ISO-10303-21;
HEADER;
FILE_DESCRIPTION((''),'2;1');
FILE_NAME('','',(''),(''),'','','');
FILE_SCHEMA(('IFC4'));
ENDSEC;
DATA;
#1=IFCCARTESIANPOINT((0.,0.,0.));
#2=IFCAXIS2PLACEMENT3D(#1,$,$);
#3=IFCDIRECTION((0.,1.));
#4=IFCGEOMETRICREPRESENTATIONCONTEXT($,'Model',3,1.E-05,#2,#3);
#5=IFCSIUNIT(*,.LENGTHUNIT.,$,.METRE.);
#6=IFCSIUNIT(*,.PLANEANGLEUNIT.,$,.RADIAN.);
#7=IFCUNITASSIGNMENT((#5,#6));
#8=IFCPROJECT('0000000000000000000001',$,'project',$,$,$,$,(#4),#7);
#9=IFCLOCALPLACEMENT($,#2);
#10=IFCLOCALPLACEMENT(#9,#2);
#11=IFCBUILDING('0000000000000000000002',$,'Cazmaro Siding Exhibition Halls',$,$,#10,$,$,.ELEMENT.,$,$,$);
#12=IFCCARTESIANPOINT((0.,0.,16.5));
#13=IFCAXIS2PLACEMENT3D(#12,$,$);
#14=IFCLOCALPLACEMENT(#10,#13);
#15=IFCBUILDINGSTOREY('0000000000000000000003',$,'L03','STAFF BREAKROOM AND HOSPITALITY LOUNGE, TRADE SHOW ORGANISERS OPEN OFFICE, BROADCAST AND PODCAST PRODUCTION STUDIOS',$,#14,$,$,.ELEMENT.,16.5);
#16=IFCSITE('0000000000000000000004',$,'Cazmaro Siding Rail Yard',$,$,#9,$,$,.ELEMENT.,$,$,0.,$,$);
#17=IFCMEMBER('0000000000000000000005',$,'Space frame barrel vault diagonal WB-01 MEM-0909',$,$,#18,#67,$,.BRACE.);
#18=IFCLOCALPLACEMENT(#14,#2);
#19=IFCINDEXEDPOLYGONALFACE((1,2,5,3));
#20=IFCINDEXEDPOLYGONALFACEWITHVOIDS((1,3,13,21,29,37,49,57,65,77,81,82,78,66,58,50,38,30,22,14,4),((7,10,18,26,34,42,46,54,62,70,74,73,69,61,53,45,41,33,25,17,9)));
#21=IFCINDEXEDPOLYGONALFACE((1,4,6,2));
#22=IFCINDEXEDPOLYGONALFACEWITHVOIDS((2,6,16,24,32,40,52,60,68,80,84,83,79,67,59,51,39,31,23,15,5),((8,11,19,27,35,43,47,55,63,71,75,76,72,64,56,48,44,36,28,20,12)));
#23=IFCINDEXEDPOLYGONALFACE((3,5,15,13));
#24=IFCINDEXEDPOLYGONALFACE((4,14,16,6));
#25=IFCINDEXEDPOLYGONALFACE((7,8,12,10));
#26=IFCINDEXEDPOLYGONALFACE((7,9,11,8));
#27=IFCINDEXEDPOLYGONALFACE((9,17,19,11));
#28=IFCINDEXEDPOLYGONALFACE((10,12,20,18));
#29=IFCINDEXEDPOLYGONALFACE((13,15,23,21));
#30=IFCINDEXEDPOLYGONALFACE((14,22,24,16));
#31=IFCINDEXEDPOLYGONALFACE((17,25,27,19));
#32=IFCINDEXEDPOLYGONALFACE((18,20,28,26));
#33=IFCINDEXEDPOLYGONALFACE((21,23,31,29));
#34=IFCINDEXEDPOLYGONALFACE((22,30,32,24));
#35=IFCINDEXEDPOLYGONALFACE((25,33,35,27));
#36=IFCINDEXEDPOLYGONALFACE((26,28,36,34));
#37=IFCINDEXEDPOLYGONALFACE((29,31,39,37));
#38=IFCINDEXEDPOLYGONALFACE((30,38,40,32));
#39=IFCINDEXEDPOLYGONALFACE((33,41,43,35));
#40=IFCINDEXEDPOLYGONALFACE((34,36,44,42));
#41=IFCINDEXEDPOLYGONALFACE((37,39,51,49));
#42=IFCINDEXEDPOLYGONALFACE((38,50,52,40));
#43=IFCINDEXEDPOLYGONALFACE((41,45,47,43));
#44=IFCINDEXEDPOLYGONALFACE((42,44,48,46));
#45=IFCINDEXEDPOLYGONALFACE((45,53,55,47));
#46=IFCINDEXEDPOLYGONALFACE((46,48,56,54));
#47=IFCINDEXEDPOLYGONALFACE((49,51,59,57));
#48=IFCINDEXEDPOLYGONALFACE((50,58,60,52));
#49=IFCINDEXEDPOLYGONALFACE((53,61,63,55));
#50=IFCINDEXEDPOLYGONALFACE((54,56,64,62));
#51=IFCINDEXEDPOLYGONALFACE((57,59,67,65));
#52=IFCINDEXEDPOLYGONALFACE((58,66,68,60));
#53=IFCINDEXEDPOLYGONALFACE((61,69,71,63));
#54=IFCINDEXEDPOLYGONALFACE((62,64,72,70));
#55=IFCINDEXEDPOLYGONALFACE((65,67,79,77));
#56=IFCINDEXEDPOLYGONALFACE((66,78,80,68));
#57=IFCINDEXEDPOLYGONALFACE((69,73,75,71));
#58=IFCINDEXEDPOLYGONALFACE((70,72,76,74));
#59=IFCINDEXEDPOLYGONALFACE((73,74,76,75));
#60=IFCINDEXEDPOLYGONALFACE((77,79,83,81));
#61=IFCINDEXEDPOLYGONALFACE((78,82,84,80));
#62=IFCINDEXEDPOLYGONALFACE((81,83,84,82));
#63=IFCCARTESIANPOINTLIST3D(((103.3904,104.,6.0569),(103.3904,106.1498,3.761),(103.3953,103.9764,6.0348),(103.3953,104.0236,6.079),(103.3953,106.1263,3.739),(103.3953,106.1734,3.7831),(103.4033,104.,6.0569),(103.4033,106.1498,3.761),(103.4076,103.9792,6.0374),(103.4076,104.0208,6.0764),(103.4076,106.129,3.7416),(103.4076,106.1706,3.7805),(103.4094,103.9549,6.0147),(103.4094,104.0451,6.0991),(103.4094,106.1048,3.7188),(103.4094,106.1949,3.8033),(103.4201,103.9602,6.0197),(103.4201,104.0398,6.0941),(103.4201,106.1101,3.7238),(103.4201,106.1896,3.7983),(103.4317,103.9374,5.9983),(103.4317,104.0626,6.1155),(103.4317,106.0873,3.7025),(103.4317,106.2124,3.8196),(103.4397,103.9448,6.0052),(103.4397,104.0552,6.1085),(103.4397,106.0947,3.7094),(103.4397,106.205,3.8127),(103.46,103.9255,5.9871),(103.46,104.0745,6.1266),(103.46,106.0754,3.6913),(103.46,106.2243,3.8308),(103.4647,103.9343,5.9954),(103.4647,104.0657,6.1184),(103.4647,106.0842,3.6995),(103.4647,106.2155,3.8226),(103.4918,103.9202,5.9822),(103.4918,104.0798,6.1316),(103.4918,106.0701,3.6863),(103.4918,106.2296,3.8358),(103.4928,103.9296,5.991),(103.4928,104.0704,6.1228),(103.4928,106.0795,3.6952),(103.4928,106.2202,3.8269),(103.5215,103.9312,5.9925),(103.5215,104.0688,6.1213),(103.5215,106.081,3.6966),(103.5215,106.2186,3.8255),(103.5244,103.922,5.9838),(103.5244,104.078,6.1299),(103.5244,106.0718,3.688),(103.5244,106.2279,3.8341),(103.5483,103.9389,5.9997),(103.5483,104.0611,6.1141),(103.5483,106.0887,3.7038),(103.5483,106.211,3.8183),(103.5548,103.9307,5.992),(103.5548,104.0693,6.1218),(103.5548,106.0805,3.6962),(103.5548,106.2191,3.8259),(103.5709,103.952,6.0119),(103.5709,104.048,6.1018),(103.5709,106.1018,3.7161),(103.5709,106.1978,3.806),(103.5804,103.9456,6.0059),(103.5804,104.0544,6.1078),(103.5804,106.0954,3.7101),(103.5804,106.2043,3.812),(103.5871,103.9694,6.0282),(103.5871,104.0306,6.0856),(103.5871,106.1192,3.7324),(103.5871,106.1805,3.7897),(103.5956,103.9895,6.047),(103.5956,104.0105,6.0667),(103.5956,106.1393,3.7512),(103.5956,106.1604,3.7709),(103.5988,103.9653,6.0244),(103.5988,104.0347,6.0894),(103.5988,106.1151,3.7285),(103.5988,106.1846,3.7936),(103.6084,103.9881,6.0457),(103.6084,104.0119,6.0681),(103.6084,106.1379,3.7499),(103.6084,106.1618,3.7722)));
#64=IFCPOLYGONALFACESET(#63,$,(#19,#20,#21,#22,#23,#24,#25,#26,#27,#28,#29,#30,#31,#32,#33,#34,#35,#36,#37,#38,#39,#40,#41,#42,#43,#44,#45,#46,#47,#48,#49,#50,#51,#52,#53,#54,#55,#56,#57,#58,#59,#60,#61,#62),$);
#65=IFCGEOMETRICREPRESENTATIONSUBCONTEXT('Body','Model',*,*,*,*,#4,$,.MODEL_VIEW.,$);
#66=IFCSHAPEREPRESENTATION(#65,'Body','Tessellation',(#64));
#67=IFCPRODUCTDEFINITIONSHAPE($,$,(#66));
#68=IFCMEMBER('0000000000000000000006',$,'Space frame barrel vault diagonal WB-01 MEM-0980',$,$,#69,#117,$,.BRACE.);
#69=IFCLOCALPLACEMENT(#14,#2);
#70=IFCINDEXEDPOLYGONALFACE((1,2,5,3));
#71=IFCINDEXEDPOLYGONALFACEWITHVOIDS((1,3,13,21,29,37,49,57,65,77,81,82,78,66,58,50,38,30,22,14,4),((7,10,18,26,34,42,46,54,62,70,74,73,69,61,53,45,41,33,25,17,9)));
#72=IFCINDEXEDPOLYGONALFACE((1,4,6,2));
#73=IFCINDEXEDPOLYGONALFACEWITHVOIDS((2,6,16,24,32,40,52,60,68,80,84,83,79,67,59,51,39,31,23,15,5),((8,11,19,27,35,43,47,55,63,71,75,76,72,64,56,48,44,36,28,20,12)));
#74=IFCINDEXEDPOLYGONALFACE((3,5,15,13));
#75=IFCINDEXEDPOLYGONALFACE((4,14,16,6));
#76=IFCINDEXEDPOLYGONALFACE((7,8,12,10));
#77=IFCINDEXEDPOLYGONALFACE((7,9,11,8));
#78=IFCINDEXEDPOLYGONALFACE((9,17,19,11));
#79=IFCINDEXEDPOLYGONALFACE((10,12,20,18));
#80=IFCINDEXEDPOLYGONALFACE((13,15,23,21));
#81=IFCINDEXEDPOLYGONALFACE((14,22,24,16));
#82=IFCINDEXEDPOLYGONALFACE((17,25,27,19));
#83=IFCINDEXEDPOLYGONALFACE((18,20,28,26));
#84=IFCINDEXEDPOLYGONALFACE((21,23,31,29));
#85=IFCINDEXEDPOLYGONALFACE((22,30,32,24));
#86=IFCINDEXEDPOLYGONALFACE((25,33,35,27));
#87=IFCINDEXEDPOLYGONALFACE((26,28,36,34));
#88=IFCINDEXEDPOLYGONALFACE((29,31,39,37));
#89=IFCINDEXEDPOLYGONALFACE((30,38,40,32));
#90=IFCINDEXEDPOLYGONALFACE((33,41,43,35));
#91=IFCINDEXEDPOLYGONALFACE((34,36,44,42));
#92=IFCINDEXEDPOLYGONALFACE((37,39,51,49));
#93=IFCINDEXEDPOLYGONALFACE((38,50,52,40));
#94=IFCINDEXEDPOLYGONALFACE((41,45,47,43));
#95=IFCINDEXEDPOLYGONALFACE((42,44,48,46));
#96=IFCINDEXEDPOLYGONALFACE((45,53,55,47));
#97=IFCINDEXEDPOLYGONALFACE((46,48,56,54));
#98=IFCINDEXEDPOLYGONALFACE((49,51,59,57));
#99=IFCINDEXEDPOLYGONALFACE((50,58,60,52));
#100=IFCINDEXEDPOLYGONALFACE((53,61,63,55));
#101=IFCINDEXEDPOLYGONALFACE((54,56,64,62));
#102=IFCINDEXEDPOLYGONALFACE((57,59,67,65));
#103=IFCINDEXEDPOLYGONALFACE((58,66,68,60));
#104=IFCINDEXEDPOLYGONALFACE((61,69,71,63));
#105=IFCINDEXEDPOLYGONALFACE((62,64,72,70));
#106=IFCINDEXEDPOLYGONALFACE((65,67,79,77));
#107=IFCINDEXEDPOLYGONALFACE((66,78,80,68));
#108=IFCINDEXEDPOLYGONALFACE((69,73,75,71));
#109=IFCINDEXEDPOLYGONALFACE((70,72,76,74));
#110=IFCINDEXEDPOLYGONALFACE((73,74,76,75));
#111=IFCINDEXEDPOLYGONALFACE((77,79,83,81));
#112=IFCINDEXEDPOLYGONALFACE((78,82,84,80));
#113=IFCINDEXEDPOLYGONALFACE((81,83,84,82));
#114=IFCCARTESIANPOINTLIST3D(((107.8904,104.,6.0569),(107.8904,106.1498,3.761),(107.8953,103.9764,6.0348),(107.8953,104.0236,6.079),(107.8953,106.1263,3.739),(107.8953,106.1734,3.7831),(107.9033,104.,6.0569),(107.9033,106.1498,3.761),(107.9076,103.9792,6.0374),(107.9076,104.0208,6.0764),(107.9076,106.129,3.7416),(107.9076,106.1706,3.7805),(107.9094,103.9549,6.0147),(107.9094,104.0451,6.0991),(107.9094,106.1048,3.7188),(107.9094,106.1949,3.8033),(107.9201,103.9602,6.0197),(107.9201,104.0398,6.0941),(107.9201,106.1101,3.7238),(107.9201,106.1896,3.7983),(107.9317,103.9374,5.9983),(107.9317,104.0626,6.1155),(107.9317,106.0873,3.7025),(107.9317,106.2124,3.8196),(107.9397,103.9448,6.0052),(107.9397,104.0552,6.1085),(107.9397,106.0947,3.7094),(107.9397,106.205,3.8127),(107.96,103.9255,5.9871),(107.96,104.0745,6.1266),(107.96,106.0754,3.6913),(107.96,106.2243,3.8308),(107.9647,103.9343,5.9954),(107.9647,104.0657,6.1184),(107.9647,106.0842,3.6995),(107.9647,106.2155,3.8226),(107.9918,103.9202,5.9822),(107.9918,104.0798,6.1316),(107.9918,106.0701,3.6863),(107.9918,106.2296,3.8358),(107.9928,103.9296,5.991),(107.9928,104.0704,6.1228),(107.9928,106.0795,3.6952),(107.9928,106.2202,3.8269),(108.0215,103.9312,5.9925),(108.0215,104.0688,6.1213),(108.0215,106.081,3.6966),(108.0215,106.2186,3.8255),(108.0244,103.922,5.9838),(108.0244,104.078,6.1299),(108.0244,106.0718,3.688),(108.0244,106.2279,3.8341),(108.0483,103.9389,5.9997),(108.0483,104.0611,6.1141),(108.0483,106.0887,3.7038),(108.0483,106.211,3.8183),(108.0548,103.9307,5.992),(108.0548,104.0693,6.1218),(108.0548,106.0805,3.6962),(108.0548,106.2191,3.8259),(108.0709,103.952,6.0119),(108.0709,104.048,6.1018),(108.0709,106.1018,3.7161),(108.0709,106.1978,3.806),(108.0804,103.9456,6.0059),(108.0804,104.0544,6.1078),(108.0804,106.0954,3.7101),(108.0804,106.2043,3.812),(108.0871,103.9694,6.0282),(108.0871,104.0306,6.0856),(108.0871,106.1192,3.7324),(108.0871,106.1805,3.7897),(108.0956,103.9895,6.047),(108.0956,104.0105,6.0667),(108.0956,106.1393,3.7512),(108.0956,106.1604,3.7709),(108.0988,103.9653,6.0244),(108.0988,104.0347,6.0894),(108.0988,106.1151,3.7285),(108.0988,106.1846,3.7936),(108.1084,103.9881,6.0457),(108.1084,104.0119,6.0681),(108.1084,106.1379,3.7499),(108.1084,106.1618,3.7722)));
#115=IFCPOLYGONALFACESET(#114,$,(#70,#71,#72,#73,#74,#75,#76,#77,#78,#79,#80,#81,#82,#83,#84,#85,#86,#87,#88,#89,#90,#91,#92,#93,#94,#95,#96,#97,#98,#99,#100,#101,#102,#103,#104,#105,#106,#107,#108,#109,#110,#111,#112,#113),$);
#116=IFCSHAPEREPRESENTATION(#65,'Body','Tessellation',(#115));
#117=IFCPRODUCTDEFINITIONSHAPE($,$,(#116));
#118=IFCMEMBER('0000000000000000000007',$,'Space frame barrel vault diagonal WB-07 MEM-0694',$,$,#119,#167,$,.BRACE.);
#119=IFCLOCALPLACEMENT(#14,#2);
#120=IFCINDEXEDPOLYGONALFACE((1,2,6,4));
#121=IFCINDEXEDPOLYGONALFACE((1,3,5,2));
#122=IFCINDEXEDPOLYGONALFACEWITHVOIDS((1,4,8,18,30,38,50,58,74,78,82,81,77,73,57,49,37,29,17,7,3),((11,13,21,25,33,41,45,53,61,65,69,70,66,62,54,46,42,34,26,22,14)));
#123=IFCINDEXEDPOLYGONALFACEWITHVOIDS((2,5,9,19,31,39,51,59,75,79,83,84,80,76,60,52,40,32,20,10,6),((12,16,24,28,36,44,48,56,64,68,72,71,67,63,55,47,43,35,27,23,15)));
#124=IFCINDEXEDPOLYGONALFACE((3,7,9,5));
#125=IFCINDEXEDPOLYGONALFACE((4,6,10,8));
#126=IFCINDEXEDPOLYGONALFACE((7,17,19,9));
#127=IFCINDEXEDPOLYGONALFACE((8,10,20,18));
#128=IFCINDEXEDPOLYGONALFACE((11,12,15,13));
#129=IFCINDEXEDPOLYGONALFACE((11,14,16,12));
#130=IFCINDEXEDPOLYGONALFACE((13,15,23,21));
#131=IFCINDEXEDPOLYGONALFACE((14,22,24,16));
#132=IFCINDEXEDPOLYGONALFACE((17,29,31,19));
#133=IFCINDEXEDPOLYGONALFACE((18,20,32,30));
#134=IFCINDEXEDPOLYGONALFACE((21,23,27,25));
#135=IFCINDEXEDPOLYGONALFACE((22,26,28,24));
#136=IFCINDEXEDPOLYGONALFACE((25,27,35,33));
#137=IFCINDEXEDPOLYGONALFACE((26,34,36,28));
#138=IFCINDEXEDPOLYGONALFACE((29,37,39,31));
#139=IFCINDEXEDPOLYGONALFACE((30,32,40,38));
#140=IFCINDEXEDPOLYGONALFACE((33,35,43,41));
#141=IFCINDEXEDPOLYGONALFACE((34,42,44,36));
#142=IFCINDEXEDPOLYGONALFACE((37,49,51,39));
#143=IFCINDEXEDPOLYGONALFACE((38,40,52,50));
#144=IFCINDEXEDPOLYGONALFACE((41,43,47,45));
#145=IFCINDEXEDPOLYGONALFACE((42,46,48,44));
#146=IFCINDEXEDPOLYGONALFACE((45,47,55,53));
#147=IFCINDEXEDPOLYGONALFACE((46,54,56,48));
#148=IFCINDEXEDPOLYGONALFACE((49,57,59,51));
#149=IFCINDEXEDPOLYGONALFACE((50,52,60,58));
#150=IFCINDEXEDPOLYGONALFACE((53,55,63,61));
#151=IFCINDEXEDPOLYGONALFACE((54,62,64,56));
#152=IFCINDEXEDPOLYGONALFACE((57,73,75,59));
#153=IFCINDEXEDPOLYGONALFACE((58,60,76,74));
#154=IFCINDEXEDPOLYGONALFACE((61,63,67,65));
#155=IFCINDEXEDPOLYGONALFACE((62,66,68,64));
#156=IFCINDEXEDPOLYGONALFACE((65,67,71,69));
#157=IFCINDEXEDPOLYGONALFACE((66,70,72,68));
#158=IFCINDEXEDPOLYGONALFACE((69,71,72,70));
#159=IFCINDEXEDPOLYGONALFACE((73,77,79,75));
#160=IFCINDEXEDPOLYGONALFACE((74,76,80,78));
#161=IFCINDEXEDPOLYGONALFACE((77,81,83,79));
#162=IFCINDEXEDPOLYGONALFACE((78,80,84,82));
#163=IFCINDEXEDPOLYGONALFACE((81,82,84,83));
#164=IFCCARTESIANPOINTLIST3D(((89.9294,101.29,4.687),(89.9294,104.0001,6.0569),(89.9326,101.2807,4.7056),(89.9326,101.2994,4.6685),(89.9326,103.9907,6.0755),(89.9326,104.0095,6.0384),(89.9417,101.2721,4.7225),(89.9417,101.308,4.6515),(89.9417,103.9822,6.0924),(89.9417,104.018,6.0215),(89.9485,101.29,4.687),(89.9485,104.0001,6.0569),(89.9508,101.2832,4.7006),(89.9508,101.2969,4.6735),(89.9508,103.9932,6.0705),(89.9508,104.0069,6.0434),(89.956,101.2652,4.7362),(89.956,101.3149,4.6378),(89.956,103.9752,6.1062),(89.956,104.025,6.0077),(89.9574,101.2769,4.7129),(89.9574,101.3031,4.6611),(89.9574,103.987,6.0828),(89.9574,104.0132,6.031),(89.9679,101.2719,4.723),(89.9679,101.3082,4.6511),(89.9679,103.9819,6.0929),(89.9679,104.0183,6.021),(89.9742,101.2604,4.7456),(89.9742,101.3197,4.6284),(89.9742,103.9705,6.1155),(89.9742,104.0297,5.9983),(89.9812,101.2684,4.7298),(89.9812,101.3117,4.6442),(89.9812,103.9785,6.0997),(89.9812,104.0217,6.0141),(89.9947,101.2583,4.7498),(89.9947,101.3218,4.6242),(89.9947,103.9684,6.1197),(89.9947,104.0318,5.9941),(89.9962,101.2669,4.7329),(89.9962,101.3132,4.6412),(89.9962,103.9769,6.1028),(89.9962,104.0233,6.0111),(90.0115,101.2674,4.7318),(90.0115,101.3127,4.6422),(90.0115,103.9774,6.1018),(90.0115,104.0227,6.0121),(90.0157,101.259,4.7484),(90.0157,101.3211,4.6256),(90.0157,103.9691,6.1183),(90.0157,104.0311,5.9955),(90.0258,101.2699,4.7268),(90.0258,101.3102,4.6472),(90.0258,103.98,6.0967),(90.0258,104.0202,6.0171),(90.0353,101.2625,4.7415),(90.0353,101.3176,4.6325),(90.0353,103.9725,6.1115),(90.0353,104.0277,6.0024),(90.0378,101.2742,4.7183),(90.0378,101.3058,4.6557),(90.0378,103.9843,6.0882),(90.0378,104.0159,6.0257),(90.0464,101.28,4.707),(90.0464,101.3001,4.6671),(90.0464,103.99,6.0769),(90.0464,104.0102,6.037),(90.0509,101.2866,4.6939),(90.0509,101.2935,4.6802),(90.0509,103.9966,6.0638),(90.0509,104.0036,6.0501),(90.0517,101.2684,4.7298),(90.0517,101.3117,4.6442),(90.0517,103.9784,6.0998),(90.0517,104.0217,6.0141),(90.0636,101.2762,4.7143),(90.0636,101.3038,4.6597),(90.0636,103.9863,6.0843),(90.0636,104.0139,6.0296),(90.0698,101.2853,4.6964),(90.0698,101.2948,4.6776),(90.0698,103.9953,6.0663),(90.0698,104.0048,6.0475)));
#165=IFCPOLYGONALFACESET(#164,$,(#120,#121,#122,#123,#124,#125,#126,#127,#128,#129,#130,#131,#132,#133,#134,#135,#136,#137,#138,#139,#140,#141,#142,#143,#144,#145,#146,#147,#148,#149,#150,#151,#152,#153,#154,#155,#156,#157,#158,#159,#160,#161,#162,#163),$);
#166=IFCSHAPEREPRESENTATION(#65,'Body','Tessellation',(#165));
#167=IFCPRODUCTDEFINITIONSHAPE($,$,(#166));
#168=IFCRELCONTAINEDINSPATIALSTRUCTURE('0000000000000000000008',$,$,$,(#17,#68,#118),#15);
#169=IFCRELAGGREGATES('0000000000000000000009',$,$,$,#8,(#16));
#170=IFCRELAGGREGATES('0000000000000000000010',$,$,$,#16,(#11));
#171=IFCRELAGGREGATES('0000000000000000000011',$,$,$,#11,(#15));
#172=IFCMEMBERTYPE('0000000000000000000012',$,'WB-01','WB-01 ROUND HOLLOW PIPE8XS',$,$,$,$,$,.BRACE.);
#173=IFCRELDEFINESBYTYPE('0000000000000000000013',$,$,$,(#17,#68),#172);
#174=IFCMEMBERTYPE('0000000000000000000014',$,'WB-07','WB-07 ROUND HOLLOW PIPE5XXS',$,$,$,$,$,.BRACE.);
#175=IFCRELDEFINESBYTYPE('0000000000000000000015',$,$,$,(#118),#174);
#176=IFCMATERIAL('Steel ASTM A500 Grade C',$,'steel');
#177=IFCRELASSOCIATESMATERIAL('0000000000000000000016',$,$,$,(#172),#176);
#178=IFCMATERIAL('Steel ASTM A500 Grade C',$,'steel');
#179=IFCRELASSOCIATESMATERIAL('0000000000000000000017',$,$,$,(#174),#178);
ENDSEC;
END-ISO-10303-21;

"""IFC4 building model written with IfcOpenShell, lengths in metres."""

from ifc_helpers import new_model, si_unit, direction, frame, origin, origin_2d, place, context, subcontext, project, spatial, hollow_circle, extrude, material, material_profile, profile_set, type_object, element, save


model = new_model("IFC4")

# Units and contexts
model_context = context("Model", 3, precision=1e-05, world=origin(), true_north=direction((0.0, 1.0)))
body_context = subcontext(model_context, "Body", "Model", "MODEL_VIEW")
ifc_project = project(units=[si_unit("LENGTHUNIT", "METRE"), si_unit("PLANEANGLEUNIT", "RADIAN")], contexts=[model_context])

# Site, building, storey
site_placement = place(None, origin())
site = spatial("IfcSite", under=ifc_project, at=site_placement, Name="Cazmaro Siding Rail Yard", CompositionType="ELEMENT", RefElevation=0.0)
building_placement = place(site_placement, origin())
building = spatial("IfcBuilding", under=site, at=building_placement, Name="Cazmaro Siding Exhibition Halls", CompositionType="ELEMENT")
storey_placement = place(building_placement, frame((0.0, 0.0, 16.5)))
storey = spatial("IfcBuildingStorey", under=building, at=storey_placement, Name="L03", Description="STAFF BREAKROOM AND HOSPITALITY LOUNGE, TRADE SHOW ORGANISERS OPEN OFFICE, BROADCAST AND PODCAST PRODUCTION STUDIOS", CompositionType="ELEMENT", Elevation=16.5)

# Members
ifc_material_1 = material(Name="Steel ASTM A500 Grade C", Category="steel")
ifc_material_profile_1 = material_profile(ifc_material_1, hollow_circle(Radius=0.1096, WallThickness=0.0129, at=origin_2d()), Name="PIPE8XS")
ifc_profile_set_1 = profile_set([ifc_material_profile_1], Name="Steel ASTM A500 Grade C")
member_type_1 = type_object("IfcMemberType", Name="WB-01", Description="WB-01 ROUND HOLLOW PIPE8XS", PredefinedType="BRACE", material=ifc_profile_set_1)
for number, where, z_axis, x_axis, name in (
    (1, (103.5, 104.0, 6.0569), (0.0, 0.683518, -0.729934), (-1.0, 0.0, 0.0), "Space frame barrel vault diagonal WB-01 MEM-0909"),
    (2, (108.0, 104.0, 6.0569), (0.0, 0.683518, -0.729934), (-1.0, 0.0, 0.0), "Space frame barrel vault diagonal WB-01 MEM-0980"),
):
    element("IfcMember", number, at=place(storey_placement, frame(where, z_axis=z_axis, x_axis=x_axis)), inside=storey, type_object=member_type_1, Name=name, PredefinedType="BRACE", context=body_context, shape_type="SweptSolid", body=[
        extrude(hollow_circle(Radius=0.1096, WallThickness=0.0129, at=origin_2d()), origin(), (0.0, 0.0, 1.0), 3.1453),
    ])
ifc_material_2 = material(Name="Steel ASTM A500 Grade C", Category="steel")
ifc_material_profile_2 = material_profile(ifc_material_2, hollow_circle(Radius=0.0706, WallThickness=0.019, at=origin_2d()), Name="PIPE5XXS")
ifc_profile_set_2 = profile_set([ifc_material_profile_2], Name="Steel ASTM A500 Grade C")
member_type_2 = type_object("IfcMemberType", Name="WB-07", Description="WB-07 ROUND HOLLOW PIPE5XXS", PredefinedType="BRACE", material=ifc_profile_set_2)
for number, where, z_axis, x_axis, name in (
    (3, (90.0, 101.29, 4.687), (0.0, 0.892457, 0.451133), (-1.0, 0.0, 0.0), "Space frame barrel vault diagonal WB-07 MEM-0694"),
):
    element("IfcMember", number, at=place(storey_placement, frame(where, z_axis=z_axis, x_axis=x_axis)), inside=storey, type_object=member_type_2, Name=name, PredefinedType="BRACE", context=body_context, shape_type="SweptSolid", body=[
        extrude(hollow_circle(Radius=0.0706, WallThickness=0.019, at=origin_2d()), origin(), (0.0, 0.0, 1.0), 3.0366),
    ])

save(model, "model.ifc")
